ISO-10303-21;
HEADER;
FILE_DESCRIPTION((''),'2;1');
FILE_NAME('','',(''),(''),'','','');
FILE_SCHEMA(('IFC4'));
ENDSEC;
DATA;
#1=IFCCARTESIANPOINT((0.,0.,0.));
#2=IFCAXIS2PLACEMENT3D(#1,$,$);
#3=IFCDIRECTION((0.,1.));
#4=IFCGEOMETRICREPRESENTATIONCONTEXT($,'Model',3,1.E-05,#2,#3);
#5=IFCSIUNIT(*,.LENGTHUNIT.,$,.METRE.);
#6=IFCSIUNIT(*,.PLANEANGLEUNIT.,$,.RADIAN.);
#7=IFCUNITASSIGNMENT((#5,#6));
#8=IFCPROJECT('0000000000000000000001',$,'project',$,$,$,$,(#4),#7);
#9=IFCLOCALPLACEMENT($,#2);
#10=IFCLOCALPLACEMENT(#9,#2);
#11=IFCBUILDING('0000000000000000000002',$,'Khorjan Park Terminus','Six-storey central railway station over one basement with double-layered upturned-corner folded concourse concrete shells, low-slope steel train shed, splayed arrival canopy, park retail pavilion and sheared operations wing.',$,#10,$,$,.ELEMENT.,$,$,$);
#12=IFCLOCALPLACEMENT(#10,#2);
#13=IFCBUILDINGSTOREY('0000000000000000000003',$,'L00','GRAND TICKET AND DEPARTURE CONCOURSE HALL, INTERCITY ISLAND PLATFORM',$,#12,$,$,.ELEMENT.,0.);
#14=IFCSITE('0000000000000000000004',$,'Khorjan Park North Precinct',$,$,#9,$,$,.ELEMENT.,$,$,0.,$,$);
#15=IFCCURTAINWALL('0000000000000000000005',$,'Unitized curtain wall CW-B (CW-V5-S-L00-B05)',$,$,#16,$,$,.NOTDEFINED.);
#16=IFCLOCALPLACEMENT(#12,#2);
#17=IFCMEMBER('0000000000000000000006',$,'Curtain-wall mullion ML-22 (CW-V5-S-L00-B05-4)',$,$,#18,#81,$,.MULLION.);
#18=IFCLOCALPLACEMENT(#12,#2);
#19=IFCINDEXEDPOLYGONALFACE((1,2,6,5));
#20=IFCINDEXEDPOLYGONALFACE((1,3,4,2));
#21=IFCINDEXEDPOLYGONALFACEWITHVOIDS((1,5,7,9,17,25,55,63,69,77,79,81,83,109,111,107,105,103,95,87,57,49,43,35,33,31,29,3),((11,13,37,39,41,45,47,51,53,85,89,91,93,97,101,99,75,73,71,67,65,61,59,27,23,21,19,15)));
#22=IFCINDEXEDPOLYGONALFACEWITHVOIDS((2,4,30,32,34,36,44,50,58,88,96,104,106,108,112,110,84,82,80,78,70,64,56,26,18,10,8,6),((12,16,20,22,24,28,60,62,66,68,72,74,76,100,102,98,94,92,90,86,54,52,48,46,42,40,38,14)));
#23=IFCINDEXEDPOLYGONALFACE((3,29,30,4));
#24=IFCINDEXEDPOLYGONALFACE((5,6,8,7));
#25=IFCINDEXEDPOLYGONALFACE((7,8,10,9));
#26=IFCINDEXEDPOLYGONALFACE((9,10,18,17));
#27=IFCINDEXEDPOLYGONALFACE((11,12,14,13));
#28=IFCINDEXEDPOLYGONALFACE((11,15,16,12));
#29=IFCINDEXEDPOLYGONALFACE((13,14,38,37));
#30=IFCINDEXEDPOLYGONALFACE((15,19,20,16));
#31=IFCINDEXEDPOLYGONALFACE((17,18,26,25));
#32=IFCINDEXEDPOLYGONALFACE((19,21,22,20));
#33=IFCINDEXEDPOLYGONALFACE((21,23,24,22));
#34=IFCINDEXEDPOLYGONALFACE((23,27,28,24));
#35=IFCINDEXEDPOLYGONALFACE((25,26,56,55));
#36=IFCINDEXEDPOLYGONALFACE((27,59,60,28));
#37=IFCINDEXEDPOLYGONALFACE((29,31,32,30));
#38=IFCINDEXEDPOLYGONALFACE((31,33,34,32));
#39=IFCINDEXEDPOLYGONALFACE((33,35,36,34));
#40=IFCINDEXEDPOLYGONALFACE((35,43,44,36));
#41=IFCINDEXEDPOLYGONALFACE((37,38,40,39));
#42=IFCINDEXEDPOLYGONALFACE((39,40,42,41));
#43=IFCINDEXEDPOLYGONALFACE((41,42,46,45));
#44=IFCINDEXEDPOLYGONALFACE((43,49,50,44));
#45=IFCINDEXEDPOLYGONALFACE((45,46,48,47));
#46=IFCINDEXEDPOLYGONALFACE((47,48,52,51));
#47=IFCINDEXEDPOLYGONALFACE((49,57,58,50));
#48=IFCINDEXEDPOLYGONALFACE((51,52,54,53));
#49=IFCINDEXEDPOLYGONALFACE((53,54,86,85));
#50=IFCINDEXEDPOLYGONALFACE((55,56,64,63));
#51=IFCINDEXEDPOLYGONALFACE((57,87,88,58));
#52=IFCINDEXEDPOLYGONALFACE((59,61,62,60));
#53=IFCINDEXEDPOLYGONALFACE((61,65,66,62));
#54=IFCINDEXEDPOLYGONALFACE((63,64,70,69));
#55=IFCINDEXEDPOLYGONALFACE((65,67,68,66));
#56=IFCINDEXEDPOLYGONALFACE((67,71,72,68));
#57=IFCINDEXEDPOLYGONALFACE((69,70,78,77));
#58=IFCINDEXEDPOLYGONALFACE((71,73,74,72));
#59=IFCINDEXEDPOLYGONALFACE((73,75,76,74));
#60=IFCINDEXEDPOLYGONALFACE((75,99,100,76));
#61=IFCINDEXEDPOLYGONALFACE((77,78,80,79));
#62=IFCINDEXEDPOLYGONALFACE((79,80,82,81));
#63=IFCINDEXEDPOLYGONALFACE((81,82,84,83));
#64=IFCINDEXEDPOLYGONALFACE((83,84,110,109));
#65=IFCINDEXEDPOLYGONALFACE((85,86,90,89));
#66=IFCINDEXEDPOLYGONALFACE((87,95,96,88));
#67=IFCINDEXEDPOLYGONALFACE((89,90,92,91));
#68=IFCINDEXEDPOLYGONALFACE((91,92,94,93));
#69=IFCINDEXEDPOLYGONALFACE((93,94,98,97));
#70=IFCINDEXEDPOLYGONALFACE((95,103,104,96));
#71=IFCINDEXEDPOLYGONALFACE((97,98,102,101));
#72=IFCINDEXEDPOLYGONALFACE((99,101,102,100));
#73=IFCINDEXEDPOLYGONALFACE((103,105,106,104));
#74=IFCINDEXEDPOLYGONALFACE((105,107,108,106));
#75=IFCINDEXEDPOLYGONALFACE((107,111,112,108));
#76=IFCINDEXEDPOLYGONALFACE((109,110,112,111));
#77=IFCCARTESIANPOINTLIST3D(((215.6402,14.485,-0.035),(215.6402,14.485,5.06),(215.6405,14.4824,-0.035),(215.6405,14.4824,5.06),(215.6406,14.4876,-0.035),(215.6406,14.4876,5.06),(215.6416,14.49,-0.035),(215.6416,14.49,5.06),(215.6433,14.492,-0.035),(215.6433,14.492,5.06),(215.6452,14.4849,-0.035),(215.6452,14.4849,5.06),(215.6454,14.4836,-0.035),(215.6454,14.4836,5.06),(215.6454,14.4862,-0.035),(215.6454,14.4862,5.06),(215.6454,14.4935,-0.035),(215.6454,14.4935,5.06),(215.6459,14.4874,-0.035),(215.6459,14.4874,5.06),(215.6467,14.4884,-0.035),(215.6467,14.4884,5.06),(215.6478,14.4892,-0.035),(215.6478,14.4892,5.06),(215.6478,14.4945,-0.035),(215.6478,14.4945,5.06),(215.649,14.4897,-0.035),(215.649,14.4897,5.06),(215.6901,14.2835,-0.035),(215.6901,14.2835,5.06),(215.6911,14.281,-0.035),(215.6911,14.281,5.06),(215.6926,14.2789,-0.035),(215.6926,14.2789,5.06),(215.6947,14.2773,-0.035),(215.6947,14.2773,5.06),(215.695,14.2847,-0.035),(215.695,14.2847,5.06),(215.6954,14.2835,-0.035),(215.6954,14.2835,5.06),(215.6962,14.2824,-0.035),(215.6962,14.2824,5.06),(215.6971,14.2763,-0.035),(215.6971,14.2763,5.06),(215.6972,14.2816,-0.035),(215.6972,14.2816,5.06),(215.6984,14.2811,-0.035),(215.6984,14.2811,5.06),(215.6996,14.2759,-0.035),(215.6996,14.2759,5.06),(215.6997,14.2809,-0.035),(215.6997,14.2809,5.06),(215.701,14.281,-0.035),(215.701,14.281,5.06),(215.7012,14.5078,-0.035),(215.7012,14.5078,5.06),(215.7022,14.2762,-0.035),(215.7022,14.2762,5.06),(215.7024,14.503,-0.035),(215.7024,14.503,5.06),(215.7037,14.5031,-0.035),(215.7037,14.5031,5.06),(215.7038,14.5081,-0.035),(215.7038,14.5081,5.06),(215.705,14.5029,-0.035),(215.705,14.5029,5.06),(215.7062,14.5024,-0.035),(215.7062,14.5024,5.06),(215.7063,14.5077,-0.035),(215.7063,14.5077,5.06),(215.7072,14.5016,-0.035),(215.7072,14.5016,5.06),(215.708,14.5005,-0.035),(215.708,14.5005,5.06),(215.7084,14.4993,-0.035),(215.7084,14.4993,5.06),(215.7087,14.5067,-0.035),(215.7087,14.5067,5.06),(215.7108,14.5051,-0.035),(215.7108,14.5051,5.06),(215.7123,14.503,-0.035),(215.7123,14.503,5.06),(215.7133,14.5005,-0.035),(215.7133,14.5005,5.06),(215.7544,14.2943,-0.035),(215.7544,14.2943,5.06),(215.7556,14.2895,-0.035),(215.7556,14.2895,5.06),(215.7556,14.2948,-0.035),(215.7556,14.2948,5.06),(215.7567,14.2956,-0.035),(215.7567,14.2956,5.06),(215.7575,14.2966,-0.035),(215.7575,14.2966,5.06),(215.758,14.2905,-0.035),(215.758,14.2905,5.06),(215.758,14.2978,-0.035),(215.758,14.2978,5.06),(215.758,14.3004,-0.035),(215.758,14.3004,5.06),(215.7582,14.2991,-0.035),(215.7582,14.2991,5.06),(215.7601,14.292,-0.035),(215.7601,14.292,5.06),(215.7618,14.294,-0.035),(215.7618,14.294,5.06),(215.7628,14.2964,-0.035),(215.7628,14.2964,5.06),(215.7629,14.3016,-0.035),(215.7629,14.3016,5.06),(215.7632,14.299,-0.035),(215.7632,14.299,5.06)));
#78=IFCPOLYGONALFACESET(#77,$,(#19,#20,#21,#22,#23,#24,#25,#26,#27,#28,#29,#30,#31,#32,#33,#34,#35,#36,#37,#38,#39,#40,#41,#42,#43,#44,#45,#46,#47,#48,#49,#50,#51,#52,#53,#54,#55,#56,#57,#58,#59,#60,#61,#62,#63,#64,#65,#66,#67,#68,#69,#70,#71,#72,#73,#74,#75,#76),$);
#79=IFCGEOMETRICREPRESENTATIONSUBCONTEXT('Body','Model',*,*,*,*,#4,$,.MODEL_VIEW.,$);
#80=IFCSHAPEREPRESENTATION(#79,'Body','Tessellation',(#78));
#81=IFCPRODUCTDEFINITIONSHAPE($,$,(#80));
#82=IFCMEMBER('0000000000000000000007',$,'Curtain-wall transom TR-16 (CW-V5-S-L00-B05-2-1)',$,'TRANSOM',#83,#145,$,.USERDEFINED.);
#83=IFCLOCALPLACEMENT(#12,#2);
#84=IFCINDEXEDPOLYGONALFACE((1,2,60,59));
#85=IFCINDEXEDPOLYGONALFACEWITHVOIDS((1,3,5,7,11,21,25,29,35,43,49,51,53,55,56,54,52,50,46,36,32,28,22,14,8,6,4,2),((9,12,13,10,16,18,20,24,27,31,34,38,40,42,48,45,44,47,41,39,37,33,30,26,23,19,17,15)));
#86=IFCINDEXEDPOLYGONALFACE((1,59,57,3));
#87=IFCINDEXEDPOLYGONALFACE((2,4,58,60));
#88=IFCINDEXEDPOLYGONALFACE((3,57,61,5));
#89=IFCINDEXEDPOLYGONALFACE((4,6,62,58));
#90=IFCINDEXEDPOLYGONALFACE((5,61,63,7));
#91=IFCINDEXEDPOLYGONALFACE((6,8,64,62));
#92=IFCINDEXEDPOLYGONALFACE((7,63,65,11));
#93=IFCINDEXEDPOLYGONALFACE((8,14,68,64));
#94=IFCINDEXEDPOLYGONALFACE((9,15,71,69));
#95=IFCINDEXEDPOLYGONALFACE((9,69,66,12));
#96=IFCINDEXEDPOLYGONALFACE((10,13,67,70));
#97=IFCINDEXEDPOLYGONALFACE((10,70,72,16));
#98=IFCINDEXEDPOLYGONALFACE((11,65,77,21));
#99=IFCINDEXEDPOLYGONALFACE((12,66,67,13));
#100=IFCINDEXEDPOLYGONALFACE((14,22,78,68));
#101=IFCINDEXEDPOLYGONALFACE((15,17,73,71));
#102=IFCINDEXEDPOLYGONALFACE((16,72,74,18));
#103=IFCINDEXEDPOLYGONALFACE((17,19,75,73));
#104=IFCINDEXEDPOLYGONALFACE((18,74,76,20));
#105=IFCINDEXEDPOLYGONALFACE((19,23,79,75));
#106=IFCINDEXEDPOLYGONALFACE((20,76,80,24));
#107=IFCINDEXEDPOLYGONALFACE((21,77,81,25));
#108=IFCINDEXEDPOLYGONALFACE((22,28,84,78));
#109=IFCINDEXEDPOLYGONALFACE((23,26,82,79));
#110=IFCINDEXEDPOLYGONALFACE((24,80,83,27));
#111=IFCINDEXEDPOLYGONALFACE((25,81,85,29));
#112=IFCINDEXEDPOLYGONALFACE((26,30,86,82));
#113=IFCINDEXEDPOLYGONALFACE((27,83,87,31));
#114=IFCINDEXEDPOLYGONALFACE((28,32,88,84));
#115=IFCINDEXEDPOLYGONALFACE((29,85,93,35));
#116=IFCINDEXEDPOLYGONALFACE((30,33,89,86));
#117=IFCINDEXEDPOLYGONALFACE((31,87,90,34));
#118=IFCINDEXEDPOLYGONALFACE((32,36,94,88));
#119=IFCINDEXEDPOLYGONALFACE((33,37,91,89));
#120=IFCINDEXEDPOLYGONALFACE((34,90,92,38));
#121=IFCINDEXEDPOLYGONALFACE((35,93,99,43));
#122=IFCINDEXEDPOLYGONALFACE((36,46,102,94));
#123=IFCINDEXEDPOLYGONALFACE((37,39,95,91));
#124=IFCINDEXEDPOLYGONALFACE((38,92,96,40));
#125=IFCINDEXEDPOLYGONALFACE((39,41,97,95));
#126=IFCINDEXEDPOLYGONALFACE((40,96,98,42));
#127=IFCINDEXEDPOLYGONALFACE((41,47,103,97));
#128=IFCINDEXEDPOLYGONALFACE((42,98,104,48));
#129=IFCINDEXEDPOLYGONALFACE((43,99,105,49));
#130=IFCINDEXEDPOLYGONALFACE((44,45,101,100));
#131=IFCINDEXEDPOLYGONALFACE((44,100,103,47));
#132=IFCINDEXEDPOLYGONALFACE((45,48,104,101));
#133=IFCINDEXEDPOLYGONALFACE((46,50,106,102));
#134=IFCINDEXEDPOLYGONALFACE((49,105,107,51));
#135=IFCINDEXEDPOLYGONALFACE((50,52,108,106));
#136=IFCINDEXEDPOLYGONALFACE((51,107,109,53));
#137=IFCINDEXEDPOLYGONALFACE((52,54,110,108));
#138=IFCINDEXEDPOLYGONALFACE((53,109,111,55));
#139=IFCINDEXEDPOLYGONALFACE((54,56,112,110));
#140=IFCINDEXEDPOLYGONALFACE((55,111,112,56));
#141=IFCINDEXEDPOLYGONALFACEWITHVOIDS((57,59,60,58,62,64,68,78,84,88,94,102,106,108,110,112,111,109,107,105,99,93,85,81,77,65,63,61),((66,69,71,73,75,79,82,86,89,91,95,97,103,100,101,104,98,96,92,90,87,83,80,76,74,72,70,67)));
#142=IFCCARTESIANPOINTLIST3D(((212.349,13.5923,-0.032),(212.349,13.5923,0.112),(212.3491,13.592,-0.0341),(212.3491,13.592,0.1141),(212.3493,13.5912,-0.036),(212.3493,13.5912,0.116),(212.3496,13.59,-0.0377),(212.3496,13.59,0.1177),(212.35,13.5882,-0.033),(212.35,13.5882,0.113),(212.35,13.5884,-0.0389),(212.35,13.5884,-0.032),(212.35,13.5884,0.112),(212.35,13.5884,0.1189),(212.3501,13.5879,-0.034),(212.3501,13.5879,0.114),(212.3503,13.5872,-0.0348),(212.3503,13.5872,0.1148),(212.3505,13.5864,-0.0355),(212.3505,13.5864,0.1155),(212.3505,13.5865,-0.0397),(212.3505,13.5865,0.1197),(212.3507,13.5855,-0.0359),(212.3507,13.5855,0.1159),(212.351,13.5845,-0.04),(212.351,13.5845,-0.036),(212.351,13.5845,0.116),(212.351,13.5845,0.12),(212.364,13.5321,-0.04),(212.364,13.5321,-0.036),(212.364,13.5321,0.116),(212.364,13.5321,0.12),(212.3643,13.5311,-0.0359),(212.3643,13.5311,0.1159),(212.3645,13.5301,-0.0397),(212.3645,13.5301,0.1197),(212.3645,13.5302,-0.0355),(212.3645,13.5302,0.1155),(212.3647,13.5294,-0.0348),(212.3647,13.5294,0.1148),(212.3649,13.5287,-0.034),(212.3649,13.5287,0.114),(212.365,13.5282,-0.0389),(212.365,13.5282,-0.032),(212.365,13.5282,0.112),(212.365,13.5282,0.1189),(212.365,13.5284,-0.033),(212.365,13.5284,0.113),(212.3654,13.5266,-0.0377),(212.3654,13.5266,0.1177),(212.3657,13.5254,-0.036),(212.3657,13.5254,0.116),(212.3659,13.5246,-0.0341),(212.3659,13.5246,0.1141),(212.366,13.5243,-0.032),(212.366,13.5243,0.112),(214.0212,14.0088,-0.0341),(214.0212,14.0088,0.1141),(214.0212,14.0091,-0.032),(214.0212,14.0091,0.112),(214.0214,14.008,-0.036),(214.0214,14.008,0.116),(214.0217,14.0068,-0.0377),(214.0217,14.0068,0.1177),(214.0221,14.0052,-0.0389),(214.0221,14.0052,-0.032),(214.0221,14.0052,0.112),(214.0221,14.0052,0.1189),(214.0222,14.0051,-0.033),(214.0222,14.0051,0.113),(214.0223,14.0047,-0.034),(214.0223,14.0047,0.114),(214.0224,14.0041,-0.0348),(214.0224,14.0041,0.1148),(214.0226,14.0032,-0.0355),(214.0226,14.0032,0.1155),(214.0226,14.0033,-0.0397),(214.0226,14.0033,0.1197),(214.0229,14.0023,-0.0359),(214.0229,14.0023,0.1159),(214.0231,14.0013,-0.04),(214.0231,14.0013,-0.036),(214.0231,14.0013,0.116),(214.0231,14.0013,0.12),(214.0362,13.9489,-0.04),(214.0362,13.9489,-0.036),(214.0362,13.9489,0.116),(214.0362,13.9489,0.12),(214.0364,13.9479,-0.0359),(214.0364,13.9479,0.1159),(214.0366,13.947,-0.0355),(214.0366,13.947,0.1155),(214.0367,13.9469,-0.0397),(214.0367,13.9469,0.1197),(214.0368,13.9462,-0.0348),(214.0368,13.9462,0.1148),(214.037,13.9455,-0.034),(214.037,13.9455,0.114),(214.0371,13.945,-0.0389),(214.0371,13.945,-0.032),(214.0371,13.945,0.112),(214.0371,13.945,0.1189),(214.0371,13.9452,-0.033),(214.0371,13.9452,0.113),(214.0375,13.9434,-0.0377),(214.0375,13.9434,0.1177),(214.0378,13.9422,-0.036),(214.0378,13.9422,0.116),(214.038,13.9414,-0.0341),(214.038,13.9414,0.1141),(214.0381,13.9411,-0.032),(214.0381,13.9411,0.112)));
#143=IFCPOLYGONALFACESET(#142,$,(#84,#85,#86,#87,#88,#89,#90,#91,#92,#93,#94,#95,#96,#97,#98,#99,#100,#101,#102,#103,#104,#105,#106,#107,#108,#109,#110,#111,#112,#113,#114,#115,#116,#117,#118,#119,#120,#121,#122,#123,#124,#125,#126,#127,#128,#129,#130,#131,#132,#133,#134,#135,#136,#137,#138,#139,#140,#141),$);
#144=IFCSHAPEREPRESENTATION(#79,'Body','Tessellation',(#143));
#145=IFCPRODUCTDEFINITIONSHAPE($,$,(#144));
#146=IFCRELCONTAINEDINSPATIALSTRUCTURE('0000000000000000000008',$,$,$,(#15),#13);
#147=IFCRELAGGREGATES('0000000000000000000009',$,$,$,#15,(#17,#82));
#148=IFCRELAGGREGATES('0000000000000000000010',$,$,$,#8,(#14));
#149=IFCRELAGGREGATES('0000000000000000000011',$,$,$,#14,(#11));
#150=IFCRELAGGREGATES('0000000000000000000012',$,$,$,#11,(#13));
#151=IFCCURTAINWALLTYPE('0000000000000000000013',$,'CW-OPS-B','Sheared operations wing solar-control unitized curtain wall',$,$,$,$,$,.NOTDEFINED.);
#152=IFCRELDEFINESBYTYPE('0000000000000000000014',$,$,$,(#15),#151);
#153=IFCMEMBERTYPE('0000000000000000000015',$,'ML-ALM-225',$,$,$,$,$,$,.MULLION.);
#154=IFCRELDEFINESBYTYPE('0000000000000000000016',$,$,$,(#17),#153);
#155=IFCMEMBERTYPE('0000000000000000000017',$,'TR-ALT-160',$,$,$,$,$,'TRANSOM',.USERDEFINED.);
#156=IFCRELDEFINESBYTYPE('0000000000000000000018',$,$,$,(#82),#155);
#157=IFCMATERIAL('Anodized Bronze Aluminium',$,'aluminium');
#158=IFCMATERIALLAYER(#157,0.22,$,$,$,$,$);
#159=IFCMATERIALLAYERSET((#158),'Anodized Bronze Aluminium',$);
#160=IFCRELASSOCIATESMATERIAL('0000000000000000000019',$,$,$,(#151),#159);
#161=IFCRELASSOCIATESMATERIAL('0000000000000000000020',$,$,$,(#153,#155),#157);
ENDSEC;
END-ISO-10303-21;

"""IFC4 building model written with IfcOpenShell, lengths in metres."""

from ifc_helpers import new_model, si_unit, direction, frame, origin, origin_2d, place, context, subcontext, project, spatial, hollow_rectangle, extrude, material, layer, layer_set, material_profile, profile_set, type_object, element, aggregate, save


model = new_model("IFC4")

# Units and contexts
model_context = context("Model", 3, precision=1e-05, world=origin(), true_north=direction((0.0, 1.0)))
body_context = subcontext(model_context, "Body", "Model", "MODEL_VIEW")
ifc_project = project(units=[si_unit("LENGTHUNIT", "METRE"), si_unit("PLANEANGLEUNIT", "RADIAN")], contexts=[model_context])

# Site, building, storey
site_placement = place(None, origin())
site = spatial("IfcSite", under=ifc_project, at=site_placement, Name="Khorjan Park North Precinct", CompositionType="ELEMENT", RefElevation=0.0)
building_placement = place(site_placement, origin())
building = spatial("IfcBuilding", under=site, at=building_placement, Name="Khorjan Park Terminus", Description="Six-storey central railway station over one basement with double-layered upturned-corner folded concourse concrete shells, low-slope steel train shed, splayed arrival canopy, park retail pavilion and sheared operations wing.", CompositionType="ELEMENT")
storey_placement = place(building_placement, origin())
storey = spatial("IfcBuildingStorey", under=building, at=storey_placement, Name="L00", Description="GRAND TICKET AND DEPARTURE CONCOURSE HALL, INTERCITY ISLAND PLATFORM", CompositionType="ELEMENT", Elevation=0.0)

# Curtain wall, members
ifc_material_1 = material(Name="Anodized Bronze Aluminium", Category="aluminium")
ifc_layer_1 = layer(ifc_material_1, 0.22)
ifc_layer_set_1 = layer_set([ifc_layer_1], Name="Anodized Bronze Aluminium")
curtain_wall_type = type_object("IfcCurtainWallType", Name="CW-OPS-B", Description="Sheared operations wing solar-control unitized curtain wall", PredefinedType="NOTDEFINED", material=ifc_layer_set_1)
curtain_wall_placement = place(storey_placement, origin())
curtain_wall = element("IfcCurtainWall", 1, at=curtain_wall_placement, inside=storey, type_object=curtain_wall_type, Name="Unitized curtain wall CW-B (CW-V5-S-L00-B05)", PredefinedType="NOTDEFINED")
ifc_material_profile_1 = material_profile(ifc_material_1, hollow_rectangle(XDim=0.075, YDim=0.225, WallThickness=0.005, InnerFilletRadius=0.005, OuterFilletRadius=0.01, at=origin_2d()), Name="ALM 75x225x5")
ifc_profile_set_1 = profile_set([ifc_material_profile_1], Name="Anodized Bronze Aluminium")
member_type_1 = type_object("IfcMemberType", Name="ML-ALM-225", PredefinedType="MULLION", material=ifc_profile_set_1)
member_1_placement = place(storey_placement, frame((215.7017, 14.392, -0.035), z_axis=(0.0, 0.0, 1.0), x_axis=(0.970298, 0.241912, 0.0)))
member_1 = element("IfcMember", 2, at=member_1_placement, type_object=member_type_1, Name="Curtain-wall mullion ML-22 (CW-V5-S-L00-B05-4)", PredefinedType="MULLION", context=body_context, shape_type="SweptSolid", body=[
    extrude(hollow_rectangle(XDim=0.075, YDim=0.225, WallThickness=0.005, InnerFilletRadius=0.005, OuterFilletRadius=0.01, at=origin_2d()), origin(), (0.0, 0.0, 1.0), 5.095),
])
ifc_material_profile_2 = material_profile(ifc_material_1, hollow_rectangle(XDim=0.07, YDim=0.16, WallThickness=0.004, InnerFilletRadius=0.004, OuterFilletRadius=0.008, at=origin_2d()), Name="ALT 70x160x4")
ifc_profile_set_2 = profile_set([ifc_material_profile_2], Name="Anodized Bronze Aluminium")
member_type_2 = type_object("IfcMemberType", Name="TR-ALT-160", ElementType="TRANSOM", PredefinedType="USERDEFINED", material=ifc_profile_set_2)
member_2_placement = place(storey_placement, frame((212.3575, 13.5583, 0.04), z_axis=(0.97031, 0.241867, 0.0), x_axis=(-0.241867, 0.97031, 0.0)))
member_2 = element("IfcMember", 3, at=member_2_placement, type_object=member_type_2, Name="Curtain-wall transom TR-16 (CW-V5-S-L00-B05-2-1)", ObjectType="TRANSOM", PredefinedType="USERDEFINED", context=body_context, shape_type="SweptSolid", body=[
    extrude(hollow_rectangle(XDim=0.07, YDim=0.16, WallThickness=0.004, InnerFilletRadius=0.004, OuterFilletRadius=0.008, at=origin_2d()), origin(), (0.0, 0.0, 1.0), 1.7233),
])
aggregate(curtain_wall, [member_1, member_2])

save(model, "model.ifc")
